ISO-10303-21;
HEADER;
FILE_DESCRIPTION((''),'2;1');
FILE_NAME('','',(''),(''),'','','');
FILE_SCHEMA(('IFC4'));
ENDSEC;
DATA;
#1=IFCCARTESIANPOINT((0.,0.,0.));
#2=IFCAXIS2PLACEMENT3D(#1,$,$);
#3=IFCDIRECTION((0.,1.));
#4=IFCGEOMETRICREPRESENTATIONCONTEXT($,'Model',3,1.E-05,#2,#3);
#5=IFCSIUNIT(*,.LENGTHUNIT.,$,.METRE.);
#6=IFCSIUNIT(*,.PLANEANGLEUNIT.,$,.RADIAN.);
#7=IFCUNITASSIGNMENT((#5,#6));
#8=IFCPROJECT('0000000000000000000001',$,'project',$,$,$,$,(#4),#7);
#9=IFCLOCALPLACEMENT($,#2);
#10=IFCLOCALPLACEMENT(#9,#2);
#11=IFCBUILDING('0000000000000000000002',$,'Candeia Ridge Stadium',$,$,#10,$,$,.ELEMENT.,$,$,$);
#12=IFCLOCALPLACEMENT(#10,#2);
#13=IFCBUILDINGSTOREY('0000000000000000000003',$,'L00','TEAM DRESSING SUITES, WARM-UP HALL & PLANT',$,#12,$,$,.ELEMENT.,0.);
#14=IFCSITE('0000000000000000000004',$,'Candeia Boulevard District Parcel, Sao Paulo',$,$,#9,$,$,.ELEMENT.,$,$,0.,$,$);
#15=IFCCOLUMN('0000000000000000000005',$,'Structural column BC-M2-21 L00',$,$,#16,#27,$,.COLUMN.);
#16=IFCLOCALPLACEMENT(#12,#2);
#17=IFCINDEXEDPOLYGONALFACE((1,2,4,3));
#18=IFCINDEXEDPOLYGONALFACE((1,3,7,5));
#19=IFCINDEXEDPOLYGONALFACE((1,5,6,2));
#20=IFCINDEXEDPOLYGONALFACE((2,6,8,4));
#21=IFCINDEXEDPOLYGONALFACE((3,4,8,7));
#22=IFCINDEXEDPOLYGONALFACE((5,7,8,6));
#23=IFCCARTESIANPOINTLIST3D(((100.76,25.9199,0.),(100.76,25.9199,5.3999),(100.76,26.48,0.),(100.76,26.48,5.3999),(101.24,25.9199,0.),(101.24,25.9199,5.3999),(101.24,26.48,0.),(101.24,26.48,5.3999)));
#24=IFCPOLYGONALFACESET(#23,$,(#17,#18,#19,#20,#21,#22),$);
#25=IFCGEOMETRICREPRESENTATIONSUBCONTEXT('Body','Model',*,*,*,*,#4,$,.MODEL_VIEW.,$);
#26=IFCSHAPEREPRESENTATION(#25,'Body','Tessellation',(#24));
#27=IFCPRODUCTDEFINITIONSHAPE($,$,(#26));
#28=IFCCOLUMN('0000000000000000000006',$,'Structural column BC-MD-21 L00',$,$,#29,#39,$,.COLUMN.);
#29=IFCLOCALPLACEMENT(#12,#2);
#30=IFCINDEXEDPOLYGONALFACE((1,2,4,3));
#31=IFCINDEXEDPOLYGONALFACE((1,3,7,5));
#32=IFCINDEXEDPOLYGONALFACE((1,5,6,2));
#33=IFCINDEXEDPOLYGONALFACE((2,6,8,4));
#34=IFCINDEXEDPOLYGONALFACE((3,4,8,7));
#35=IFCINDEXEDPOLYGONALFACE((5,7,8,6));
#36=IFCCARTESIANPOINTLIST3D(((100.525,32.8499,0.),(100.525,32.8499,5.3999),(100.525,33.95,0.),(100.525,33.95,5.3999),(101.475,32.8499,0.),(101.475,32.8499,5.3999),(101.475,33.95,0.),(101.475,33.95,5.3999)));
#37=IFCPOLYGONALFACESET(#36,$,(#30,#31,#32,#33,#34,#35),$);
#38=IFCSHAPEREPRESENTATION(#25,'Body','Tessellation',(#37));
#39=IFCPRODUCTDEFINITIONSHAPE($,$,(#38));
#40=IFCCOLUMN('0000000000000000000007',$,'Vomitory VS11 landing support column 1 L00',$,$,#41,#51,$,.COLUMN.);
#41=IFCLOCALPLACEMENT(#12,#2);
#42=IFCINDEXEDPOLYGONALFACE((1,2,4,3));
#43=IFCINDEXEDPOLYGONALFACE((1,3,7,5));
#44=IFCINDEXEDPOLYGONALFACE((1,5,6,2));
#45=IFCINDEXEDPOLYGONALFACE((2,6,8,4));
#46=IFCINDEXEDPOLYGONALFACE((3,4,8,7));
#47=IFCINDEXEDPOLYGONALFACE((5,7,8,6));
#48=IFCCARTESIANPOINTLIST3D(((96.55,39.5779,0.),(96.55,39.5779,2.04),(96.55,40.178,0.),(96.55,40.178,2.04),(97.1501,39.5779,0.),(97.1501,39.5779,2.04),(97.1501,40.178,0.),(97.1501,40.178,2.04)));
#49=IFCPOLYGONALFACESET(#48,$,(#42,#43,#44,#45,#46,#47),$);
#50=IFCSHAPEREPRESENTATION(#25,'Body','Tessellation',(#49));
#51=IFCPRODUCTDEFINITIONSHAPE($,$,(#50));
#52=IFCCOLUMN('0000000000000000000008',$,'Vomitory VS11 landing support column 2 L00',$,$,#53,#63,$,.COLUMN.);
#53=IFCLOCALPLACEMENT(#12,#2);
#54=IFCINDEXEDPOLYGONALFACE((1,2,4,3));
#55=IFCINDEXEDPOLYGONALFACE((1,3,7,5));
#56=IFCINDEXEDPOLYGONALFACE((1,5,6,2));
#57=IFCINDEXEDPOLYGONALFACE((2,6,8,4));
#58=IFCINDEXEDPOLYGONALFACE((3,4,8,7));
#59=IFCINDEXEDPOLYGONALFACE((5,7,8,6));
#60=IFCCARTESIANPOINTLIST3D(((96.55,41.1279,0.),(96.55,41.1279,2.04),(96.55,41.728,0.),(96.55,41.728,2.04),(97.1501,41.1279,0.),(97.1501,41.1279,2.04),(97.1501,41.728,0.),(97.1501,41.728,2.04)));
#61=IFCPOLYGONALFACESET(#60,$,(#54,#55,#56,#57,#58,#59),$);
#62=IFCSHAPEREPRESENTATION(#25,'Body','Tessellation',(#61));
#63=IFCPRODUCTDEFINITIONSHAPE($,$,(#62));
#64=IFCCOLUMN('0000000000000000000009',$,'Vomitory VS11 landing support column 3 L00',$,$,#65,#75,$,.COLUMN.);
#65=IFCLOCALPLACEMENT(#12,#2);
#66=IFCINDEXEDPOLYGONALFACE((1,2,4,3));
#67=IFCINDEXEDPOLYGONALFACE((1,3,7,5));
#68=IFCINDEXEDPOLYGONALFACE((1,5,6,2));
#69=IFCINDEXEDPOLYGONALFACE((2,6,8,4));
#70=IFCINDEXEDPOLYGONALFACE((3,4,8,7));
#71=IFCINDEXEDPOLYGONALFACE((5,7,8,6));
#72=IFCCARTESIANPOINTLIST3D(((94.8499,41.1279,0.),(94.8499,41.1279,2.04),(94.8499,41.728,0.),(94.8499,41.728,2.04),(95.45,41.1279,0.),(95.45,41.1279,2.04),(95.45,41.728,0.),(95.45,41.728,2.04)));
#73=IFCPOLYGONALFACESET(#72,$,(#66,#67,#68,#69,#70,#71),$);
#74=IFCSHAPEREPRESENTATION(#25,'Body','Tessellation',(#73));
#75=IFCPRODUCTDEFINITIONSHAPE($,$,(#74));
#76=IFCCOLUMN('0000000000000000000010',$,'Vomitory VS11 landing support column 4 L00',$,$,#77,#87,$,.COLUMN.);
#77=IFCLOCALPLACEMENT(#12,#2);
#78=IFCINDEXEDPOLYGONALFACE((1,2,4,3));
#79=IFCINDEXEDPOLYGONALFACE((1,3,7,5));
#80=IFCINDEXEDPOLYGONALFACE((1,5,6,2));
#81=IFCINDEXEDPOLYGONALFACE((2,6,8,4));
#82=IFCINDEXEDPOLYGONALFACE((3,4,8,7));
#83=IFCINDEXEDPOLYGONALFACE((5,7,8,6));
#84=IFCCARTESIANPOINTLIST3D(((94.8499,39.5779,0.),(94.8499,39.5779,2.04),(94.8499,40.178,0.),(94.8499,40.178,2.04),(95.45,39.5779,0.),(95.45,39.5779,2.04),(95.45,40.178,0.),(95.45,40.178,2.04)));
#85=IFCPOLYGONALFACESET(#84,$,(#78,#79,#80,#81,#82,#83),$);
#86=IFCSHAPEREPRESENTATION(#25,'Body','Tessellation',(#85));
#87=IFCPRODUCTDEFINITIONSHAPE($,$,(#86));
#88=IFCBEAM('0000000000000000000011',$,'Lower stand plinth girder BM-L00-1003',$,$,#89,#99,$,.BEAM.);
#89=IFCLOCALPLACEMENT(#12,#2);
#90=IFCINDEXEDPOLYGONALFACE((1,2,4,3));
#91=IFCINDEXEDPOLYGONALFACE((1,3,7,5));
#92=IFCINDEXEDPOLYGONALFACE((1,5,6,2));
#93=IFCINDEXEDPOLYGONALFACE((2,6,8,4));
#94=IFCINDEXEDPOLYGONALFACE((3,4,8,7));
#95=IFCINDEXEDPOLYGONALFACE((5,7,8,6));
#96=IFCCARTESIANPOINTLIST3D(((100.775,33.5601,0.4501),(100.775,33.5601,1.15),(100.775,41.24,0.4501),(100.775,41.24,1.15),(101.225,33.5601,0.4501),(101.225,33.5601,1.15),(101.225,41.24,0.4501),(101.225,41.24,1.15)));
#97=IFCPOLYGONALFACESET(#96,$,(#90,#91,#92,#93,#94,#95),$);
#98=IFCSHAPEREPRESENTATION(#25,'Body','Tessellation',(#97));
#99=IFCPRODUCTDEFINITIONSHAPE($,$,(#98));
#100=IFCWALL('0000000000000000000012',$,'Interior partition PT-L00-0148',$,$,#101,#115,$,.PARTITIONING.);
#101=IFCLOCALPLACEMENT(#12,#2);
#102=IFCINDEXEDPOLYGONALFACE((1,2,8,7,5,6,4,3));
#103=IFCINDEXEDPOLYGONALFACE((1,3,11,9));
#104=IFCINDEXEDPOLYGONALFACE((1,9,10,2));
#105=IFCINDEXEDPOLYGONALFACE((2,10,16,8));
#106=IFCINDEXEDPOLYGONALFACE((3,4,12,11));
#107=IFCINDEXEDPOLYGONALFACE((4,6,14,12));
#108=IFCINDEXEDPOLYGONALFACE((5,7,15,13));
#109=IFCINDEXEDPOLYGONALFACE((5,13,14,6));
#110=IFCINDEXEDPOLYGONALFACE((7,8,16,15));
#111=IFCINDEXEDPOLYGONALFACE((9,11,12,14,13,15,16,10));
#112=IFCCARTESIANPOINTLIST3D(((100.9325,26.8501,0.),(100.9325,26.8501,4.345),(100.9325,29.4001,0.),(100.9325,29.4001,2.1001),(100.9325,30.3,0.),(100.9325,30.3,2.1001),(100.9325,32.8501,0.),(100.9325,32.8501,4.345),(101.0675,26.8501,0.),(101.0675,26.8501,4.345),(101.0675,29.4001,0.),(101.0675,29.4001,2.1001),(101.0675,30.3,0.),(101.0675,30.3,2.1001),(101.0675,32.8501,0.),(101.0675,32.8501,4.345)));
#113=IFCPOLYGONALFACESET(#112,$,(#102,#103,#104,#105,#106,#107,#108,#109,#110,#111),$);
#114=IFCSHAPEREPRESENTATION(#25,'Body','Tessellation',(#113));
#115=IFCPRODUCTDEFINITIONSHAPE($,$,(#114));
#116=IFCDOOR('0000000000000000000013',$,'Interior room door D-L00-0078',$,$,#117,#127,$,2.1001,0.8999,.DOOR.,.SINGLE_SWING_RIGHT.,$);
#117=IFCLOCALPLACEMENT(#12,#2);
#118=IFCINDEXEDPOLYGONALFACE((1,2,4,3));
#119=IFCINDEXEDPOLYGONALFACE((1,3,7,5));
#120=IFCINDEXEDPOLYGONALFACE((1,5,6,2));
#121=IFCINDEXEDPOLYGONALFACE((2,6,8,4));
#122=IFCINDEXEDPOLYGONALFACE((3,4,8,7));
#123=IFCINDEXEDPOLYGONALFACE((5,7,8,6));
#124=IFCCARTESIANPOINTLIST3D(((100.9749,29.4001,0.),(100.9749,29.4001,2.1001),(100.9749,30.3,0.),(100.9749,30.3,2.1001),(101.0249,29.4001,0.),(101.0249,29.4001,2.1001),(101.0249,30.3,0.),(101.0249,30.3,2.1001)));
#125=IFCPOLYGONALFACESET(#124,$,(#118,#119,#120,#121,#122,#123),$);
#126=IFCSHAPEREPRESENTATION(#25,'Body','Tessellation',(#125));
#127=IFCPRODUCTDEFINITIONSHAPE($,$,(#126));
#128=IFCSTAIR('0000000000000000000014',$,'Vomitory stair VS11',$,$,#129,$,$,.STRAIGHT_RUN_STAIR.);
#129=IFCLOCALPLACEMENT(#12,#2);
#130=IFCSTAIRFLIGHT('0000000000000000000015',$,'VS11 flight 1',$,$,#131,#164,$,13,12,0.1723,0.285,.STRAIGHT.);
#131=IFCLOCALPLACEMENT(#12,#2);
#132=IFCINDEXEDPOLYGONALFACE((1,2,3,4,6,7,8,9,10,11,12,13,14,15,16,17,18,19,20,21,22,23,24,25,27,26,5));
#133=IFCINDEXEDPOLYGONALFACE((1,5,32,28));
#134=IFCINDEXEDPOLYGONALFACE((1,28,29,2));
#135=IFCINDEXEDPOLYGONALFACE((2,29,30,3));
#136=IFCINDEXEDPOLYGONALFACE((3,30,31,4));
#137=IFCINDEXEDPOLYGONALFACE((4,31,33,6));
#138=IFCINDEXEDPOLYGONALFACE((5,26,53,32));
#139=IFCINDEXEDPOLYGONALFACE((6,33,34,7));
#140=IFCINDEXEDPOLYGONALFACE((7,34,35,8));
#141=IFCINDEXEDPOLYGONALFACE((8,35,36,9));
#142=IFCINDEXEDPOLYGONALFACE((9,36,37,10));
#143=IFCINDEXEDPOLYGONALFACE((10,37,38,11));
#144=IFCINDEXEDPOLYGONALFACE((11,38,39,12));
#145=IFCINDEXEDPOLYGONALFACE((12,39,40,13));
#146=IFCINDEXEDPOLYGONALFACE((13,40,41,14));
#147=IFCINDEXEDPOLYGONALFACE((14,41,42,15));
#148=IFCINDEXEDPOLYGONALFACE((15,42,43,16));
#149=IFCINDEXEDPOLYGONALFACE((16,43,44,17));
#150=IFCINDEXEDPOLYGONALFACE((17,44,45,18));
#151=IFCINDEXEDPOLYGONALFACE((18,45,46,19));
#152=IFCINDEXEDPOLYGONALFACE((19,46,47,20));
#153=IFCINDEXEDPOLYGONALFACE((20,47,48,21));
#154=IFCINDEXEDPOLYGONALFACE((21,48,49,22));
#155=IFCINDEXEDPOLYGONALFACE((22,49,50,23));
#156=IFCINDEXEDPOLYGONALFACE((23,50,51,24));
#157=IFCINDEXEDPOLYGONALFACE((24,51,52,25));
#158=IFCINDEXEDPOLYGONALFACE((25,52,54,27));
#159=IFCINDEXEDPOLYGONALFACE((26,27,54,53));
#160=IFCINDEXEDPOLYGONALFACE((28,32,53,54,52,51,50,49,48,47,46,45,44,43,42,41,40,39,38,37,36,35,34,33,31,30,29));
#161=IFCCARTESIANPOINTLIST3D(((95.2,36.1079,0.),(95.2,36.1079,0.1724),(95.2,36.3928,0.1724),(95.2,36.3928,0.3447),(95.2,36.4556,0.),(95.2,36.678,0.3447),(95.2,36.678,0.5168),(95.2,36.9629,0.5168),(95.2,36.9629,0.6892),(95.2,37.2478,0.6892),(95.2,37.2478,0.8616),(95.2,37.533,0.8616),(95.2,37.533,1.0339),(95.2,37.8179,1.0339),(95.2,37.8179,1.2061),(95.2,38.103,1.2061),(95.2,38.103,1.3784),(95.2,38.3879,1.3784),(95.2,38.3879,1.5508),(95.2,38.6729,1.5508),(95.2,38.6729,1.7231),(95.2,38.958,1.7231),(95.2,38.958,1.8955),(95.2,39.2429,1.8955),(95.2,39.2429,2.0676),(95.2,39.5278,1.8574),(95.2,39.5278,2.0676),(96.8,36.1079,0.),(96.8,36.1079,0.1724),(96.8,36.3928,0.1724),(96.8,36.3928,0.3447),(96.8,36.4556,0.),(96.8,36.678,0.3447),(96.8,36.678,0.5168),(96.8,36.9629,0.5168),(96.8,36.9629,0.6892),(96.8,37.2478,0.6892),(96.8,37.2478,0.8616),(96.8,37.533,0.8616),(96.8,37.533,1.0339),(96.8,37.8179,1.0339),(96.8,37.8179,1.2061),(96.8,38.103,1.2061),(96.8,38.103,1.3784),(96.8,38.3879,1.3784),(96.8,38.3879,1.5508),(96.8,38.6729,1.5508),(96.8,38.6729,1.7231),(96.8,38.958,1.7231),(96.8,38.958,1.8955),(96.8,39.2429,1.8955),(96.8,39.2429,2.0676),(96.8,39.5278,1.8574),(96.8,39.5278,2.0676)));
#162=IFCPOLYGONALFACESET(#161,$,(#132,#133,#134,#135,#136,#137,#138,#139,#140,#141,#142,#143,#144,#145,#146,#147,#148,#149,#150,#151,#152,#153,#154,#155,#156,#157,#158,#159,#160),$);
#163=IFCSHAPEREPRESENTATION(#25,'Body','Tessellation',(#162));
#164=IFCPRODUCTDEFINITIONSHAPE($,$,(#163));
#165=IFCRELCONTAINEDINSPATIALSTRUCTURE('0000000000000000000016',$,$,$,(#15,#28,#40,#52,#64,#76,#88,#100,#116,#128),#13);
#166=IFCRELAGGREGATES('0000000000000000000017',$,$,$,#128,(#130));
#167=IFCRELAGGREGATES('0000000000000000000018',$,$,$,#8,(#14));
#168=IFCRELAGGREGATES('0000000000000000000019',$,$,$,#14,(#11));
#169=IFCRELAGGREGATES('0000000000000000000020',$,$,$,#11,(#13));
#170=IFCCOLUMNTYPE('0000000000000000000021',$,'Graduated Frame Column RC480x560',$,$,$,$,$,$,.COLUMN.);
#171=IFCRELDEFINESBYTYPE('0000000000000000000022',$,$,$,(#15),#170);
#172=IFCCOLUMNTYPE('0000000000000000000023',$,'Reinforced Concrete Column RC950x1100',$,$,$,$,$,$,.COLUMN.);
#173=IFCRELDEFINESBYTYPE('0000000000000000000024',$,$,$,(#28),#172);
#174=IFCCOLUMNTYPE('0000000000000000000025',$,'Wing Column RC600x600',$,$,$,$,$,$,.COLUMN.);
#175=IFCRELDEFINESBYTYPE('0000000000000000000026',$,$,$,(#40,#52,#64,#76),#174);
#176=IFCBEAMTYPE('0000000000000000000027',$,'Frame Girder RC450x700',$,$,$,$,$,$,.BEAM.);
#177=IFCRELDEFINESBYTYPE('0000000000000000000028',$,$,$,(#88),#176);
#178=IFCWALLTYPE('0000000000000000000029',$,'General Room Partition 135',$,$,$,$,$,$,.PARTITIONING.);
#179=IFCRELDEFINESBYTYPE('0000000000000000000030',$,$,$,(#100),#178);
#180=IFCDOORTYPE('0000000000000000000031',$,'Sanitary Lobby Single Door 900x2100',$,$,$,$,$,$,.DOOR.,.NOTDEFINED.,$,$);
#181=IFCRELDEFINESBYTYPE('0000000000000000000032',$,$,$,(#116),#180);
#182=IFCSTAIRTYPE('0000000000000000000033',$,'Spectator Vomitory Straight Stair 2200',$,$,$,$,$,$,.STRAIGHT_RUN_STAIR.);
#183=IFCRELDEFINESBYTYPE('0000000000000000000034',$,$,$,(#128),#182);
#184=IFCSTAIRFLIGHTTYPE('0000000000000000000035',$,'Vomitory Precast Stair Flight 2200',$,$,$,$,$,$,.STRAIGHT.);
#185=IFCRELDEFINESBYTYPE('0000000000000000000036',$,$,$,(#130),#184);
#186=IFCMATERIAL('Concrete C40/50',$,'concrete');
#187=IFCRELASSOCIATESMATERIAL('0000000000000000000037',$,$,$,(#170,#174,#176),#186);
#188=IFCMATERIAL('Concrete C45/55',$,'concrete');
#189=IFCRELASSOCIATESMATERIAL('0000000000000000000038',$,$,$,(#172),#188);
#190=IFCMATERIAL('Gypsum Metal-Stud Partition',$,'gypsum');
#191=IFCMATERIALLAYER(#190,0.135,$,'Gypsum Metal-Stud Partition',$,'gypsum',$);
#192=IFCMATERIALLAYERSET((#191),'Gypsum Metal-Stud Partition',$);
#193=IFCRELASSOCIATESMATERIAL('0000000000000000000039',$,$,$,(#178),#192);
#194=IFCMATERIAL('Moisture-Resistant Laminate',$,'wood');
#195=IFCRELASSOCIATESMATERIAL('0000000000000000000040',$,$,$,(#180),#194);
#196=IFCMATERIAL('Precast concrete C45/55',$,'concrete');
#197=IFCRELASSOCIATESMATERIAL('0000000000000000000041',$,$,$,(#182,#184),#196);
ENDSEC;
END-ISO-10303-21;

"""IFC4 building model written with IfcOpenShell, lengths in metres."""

from ifc_helpers import new_model, si_unit, direction, frame, frame_2d, origin, origin_2d, place, context, subcontext, project, spatial, polyline, rectangle, outline, extrude, material, layer, layer_set, material_profile, profile_set, type_object, element, fill, aggregate, save


model = new_model("IFC4")

# Units and contexts
model_context = context("Model", 3, precision=1e-05, world=origin(), true_north=direction((0.0, 1.0)))
body_context = subcontext(model_context, "Body", "Model", "MODEL_VIEW")
ifc_project = project(units=[si_unit("LENGTHUNIT", "METRE"), si_unit("PLANEANGLEUNIT", "RADIAN")], contexts=[model_context])

# Site, building, storey
site_placement = place(None, origin())
site = spatial("IfcSite", under=ifc_project, at=site_placement, Name="Candeia Boulevard District Parcel, Sao Paulo", CompositionType="ELEMENT", RefElevation=0.0)
building_placement = place(site_placement, origin())
building = spatial("IfcBuilding", under=site, at=building_placement, Name="Candeia Ridge Stadium", CompositionType="ELEMENT")
storey_placement = place(building_placement, origin())
storey = spatial("IfcBuildingStorey", under=building, at=storey_placement, Name="L00", Description="TEAM DRESSING SUITES, WARM-UP HALL & PLANT", CompositionType="ELEMENT", Elevation=0.0)

# Shared definitions
ifc_material_1 = material(Name="Concrete C40/50", Category="concrete")

# Columns
ifc_material_profile_1 = material_profile(ifc_material_1, rectangle(XDim=0.48, YDim=0.5601, at=origin_2d()), Name="RC480x560", Category="concrete")
ifc_profile_set_1 = profile_set([ifc_material_profile_1], Name="Concrete C40/50")
column_type_1 = type_object("IfcColumnType", Name="Graduated Frame Column RC480x560", PredefinedType="COLUMN", material=ifc_profile_set_1)
column_1_placement = place(storey_placement, frame((101.0, 26.2, 0.0), z_axis=(0.0, 0.0, 1.0), x_axis=(1.0, 0.0, 0.0)))
element("IfcColumn", 1, at=column_1_placement, inside=storey, type_object=column_type_1, Name="Structural column BC-M2-21 L00", PredefinedType="COLUMN", context=body_context, shape_type="SweptSolid", body=[
    extrude(rectangle(XDim=0.48, YDim=0.5601, at=origin_2d()), origin(), (0.0, 0.0, 1.0), 5.3999),
])
ifc_material_2 = material(Name="Concrete C45/55", Category="concrete")
ifc_material_profile_2 = material_profile(ifc_material_2, rectangle(XDim=0.95, YDim=1.1001, at=origin_2d()), Name="RC950x1100", Category="concrete")
ifc_profile_set_2 = profile_set([ifc_material_profile_2], Name="Concrete C45/55")
column_type_2 = type_object("IfcColumnType", Name="Reinforced Concrete Column RC950x1100", PredefinedType="COLUMN", material=ifc_profile_set_2)
column_2_placement = place(storey_placement, frame((101.0, 33.3999, 0.0), z_axis=(0.0, 0.0, 1.0), x_axis=(1.0, 0.0, 0.0)))
element("IfcColumn", 2, at=column_2_placement, inside=storey, type_object=column_type_2, Name="Structural column BC-MD-21 L00", PredefinedType="COLUMN", context=body_context, shape_type="SweptSolid", body=[
    extrude(rectangle(XDim=0.95, YDim=1.1001, at=origin_2d()), origin(), (0.0, 0.0, 1.0), 5.3999),
])
ifc_material_profile_3 = material_profile(ifc_material_1, rectangle(XDim=0.6001, YDim=0.6001, at=origin_2d()), Name="RC600x600", Category="concrete")
ifc_profile_set_3 = profile_set([ifc_material_profile_3], Name="Concrete C40/50")
column_type_3 = type_object("IfcColumnType", Name="Wing Column RC600x600", PredefinedType="COLUMN", material=ifc_profile_set_3)
for number, where, z_axis, x_axis, name in (
    (3, (96.8501, 39.8779, 0.0), (0.0, 0.0, 1.0), (1.0, 0.0, 0.0), "Vomitory VS11 landing support column 1 L00"),
    (4, (96.8501, 41.428, 0.0), (0.0, 0.0, 1.0), (1.0, 0.0, 0.0), "Vomitory VS11 landing support column 2 L00"),
    (5, (95.1499, 41.428, 0.0), (0.0, 0.0, 1.0), (1.0, 0.0, 0.0), "Vomitory VS11 landing support column 3 L00"),
    (6, (95.1499, 39.8779, 0.0), (0.0, 0.0, 1.0), (1.0, 0.0, 0.0), "Vomitory VS11 landing support column 4 L00"),
):
    element("IfcColumn", number, at=place(storey_placement, frame(where, z_axis=z_axis, x_axis=x_axis)), inside=storey, type_object=column_type_3, Name=name, PredefinedType="COLUMN", context=body_context, shape_type="SweptSolid", body=[
        extrude(rectangle(XDim=0.6001, YDim=0.6001, at=origin_2d()), origin(), (0.0, 0.0, 1.0), 2.04),
    ])

# Beam
ifc_material_profile_4 = material_profile(ifc_material_1, rectangle(XDim=0.45, YDim=0.7, at=origin_2d()), Name="RC450x700", Category="concrete")
ifc_profile_set_4 = profile_set([ifc_material_profile_4], Name="Concrete C40/50")
beam_type = type_object("IfcBeamType", Name="Frame Girder RC450x700", PredefinedType="BEAM", material=ifc_profile_set_4)
beam_placement = place(storey_placement, frame((101.0, 41.24, 0.8), z_axis=(0.0, -1.0, 0.0), x_axis=(1.0, 0.0, 0.0)))
element("IfcBeam", 7, at=beam_placement, inside=storey, type_object=beam_type, Name="Lower stand plinth girder BM-L00-1003", PredefinedType="BEAM", context=body_context, shape_type="SweptSolid", body=[
    extrude(rectangle(XDim=0.45, YDim=0.7, at=origin_2d()), origin(), (0.0, 0.0, 1.0), 7.6799),
])

# Wall, opening, door
ifc_material_3 = material(Name="Gypsum Metal-Stud Partition", Category="gypsum")
ifc_layer_1 = layer(ifc_material_3, 0.135, Name="Gypsum Metal-Stud Partition", Category="gypsum")
ifc_layer_set_1 = layer_set([ifc_layer_1], Name="Gypsum Metal-Stud Partition")
wall_type = type_object("IfcWallType", Name="General Room Partition 135", PredefinedType="PARTITIONING", material=ifc_layer_set_1)
wall_placement = place(storey_placement, frame((101.0, 32.8501, 0.0), z_axis=(0.0, 0.0, 1.0), x_axis=(0.0, -1.0, 0.0)))
wall = element("IfcWall", 8, at=wall_placement, inside=storey, type_object=wall_type, Name="Interior partition PT-L00-0148", PredefinedType="PARTITIONING", context=body_context, shape_type="SweptSolid", body=[
    extrude(rectangle(XDim=6.0, YDim=0.135, at=frame_2d((3.0, 0.0))), origin(), (0.0, 0.0, 1.0), 4.345),
])
opening_placement = place(wall_placement, frame((2.55, 0.0, 0.0)))
opening = element("IfcOpeningElement", 9, at=opening_placement, cuts=wall, PredefinedType="OPENING", context=body_context, shape_type="SweptSolid", body=[
    extrude(rectangle(XDim=0.8999, YDim=2.1001, at=frame_2d((0.45, 1.05))), frame((0.0, 0.0774, 0.0), z_axis=(0.0, -1.0, 0.0), x_axis=(1.0, 0.0, 0.0)), (0.0, 0.0, 1.0), 0.155),
])
ifc_material_4 = material(Name="Moisture-Resistant Laminate", Category="wood")
door_type = type_object("IfcDoorType", Name="Sanitary Lobby Single Door 900x2100", OperationType="NOTDEFINED", PredefinedType="DOOR", material=ifc_material_4)
door_placement = place(opening_placement, origin())
door = element("IfcDoor", 10, at=door_placement, inside=storey, type_object=door_type, Name="Interior room door D-L00-0078", OperationType="SINGLE_SWING_RIGHT", OverallHeight=2.1001, OverallWidth=0.8999, PredefinedType="DOOR", context=body_context, shape_type="SweptSolid", body=[
    extrude(rectangle(XDim=0.8999, YDim=2.1001, at=frame_2d((0.45, 1.05))), frame((0.0, 0.0249, 0.0), z_axis=(0.0, -1.0, 0.0), x_axis=(1.0, 0.0, 0.0)), (0.0, 0.0, 1.0), 0.05),
])
fill(opening, door)

# Stair, stair flight
ifc_material_5 = material(Name="Precast concrete C45/55", Category="concrete")
stair_type = type_object("IfcStairType", Name="Spectator Vomitory Straight Stair 2200", PredefinedType="STRAIGHT_RUN_STAIR", material=ifc_material_5)
stair_placement = place(storey_placement, origin())
stair = element("IfcStair", 11, at=stair_placement, inside=storey, type_object=stair_type, Name="Vomitory stair VS11", PredefinedType="STRAIGHT_RUN_STAIR")
stair_flight_type = type_object("IfcStairFlightType", Name="Vomitory Precast Stair Flight 2200", PredefinedType="STRAIGHT", material=ifc_material_5)
stair_flight_placement = place(storey_placement, frame((96.0, 36.1079, 0.0), z_axis=(0.0, 0.0, 1.0), x_axis=(0.0, 1.0, 0.0)))
stair_flight = element("IfcStairFlight", 12, at=stair_flight_placement, type_object=stair_flight_type, Name="VS11 flight 1", NumberOfRisers=13, NumberOfTreads=12, PredefinedType="STRAIGHT", RiserHeight=0.1723, TreadLength=0.285, context=body_context, shape_type="SweptSolid", body=[
    extrude(outline(polyline([(0.0, 0.0), (0.0, 0.1724), (0.2849, 0.1724), (0.2849, 0.3447), (0.5701, 0.3447), (0.5701, 0.5168), (0.855, 0.5168), (0.855, 0.6892), (1.1399, 0.6892), (1.1399, 0.8616), (1.425, 0.8616), (1.425, 1.0339), (1.71, 1.0339), (1.71, 1.2061), (1.9951, 1.2061), (1.9951, 1.3784), (2.28, 1.3784), (2.28, 1.5508), (2.5649, 1.5508), (2.5649, 1.7231), (2.8501, 1.7231), (2.8501, 1.8955), (3.135, 1.8955), (3.135, 2.0676), (3.4199, 2.0676), (3.4199, 2.24), (3.4199, 1.8574), (0.3477, 0.0), (0.0, 0.0)])), frame((0.0, 0.8, 0.0), z_axis=(0.0, -1.0, 0.0), x_axis=(1.0, 0.0, 0.0)), (0.0, 0.0, 1.0), 1.6001),
])
aggregate(stair, [stair_flight])

save(model, "model.ifc")
